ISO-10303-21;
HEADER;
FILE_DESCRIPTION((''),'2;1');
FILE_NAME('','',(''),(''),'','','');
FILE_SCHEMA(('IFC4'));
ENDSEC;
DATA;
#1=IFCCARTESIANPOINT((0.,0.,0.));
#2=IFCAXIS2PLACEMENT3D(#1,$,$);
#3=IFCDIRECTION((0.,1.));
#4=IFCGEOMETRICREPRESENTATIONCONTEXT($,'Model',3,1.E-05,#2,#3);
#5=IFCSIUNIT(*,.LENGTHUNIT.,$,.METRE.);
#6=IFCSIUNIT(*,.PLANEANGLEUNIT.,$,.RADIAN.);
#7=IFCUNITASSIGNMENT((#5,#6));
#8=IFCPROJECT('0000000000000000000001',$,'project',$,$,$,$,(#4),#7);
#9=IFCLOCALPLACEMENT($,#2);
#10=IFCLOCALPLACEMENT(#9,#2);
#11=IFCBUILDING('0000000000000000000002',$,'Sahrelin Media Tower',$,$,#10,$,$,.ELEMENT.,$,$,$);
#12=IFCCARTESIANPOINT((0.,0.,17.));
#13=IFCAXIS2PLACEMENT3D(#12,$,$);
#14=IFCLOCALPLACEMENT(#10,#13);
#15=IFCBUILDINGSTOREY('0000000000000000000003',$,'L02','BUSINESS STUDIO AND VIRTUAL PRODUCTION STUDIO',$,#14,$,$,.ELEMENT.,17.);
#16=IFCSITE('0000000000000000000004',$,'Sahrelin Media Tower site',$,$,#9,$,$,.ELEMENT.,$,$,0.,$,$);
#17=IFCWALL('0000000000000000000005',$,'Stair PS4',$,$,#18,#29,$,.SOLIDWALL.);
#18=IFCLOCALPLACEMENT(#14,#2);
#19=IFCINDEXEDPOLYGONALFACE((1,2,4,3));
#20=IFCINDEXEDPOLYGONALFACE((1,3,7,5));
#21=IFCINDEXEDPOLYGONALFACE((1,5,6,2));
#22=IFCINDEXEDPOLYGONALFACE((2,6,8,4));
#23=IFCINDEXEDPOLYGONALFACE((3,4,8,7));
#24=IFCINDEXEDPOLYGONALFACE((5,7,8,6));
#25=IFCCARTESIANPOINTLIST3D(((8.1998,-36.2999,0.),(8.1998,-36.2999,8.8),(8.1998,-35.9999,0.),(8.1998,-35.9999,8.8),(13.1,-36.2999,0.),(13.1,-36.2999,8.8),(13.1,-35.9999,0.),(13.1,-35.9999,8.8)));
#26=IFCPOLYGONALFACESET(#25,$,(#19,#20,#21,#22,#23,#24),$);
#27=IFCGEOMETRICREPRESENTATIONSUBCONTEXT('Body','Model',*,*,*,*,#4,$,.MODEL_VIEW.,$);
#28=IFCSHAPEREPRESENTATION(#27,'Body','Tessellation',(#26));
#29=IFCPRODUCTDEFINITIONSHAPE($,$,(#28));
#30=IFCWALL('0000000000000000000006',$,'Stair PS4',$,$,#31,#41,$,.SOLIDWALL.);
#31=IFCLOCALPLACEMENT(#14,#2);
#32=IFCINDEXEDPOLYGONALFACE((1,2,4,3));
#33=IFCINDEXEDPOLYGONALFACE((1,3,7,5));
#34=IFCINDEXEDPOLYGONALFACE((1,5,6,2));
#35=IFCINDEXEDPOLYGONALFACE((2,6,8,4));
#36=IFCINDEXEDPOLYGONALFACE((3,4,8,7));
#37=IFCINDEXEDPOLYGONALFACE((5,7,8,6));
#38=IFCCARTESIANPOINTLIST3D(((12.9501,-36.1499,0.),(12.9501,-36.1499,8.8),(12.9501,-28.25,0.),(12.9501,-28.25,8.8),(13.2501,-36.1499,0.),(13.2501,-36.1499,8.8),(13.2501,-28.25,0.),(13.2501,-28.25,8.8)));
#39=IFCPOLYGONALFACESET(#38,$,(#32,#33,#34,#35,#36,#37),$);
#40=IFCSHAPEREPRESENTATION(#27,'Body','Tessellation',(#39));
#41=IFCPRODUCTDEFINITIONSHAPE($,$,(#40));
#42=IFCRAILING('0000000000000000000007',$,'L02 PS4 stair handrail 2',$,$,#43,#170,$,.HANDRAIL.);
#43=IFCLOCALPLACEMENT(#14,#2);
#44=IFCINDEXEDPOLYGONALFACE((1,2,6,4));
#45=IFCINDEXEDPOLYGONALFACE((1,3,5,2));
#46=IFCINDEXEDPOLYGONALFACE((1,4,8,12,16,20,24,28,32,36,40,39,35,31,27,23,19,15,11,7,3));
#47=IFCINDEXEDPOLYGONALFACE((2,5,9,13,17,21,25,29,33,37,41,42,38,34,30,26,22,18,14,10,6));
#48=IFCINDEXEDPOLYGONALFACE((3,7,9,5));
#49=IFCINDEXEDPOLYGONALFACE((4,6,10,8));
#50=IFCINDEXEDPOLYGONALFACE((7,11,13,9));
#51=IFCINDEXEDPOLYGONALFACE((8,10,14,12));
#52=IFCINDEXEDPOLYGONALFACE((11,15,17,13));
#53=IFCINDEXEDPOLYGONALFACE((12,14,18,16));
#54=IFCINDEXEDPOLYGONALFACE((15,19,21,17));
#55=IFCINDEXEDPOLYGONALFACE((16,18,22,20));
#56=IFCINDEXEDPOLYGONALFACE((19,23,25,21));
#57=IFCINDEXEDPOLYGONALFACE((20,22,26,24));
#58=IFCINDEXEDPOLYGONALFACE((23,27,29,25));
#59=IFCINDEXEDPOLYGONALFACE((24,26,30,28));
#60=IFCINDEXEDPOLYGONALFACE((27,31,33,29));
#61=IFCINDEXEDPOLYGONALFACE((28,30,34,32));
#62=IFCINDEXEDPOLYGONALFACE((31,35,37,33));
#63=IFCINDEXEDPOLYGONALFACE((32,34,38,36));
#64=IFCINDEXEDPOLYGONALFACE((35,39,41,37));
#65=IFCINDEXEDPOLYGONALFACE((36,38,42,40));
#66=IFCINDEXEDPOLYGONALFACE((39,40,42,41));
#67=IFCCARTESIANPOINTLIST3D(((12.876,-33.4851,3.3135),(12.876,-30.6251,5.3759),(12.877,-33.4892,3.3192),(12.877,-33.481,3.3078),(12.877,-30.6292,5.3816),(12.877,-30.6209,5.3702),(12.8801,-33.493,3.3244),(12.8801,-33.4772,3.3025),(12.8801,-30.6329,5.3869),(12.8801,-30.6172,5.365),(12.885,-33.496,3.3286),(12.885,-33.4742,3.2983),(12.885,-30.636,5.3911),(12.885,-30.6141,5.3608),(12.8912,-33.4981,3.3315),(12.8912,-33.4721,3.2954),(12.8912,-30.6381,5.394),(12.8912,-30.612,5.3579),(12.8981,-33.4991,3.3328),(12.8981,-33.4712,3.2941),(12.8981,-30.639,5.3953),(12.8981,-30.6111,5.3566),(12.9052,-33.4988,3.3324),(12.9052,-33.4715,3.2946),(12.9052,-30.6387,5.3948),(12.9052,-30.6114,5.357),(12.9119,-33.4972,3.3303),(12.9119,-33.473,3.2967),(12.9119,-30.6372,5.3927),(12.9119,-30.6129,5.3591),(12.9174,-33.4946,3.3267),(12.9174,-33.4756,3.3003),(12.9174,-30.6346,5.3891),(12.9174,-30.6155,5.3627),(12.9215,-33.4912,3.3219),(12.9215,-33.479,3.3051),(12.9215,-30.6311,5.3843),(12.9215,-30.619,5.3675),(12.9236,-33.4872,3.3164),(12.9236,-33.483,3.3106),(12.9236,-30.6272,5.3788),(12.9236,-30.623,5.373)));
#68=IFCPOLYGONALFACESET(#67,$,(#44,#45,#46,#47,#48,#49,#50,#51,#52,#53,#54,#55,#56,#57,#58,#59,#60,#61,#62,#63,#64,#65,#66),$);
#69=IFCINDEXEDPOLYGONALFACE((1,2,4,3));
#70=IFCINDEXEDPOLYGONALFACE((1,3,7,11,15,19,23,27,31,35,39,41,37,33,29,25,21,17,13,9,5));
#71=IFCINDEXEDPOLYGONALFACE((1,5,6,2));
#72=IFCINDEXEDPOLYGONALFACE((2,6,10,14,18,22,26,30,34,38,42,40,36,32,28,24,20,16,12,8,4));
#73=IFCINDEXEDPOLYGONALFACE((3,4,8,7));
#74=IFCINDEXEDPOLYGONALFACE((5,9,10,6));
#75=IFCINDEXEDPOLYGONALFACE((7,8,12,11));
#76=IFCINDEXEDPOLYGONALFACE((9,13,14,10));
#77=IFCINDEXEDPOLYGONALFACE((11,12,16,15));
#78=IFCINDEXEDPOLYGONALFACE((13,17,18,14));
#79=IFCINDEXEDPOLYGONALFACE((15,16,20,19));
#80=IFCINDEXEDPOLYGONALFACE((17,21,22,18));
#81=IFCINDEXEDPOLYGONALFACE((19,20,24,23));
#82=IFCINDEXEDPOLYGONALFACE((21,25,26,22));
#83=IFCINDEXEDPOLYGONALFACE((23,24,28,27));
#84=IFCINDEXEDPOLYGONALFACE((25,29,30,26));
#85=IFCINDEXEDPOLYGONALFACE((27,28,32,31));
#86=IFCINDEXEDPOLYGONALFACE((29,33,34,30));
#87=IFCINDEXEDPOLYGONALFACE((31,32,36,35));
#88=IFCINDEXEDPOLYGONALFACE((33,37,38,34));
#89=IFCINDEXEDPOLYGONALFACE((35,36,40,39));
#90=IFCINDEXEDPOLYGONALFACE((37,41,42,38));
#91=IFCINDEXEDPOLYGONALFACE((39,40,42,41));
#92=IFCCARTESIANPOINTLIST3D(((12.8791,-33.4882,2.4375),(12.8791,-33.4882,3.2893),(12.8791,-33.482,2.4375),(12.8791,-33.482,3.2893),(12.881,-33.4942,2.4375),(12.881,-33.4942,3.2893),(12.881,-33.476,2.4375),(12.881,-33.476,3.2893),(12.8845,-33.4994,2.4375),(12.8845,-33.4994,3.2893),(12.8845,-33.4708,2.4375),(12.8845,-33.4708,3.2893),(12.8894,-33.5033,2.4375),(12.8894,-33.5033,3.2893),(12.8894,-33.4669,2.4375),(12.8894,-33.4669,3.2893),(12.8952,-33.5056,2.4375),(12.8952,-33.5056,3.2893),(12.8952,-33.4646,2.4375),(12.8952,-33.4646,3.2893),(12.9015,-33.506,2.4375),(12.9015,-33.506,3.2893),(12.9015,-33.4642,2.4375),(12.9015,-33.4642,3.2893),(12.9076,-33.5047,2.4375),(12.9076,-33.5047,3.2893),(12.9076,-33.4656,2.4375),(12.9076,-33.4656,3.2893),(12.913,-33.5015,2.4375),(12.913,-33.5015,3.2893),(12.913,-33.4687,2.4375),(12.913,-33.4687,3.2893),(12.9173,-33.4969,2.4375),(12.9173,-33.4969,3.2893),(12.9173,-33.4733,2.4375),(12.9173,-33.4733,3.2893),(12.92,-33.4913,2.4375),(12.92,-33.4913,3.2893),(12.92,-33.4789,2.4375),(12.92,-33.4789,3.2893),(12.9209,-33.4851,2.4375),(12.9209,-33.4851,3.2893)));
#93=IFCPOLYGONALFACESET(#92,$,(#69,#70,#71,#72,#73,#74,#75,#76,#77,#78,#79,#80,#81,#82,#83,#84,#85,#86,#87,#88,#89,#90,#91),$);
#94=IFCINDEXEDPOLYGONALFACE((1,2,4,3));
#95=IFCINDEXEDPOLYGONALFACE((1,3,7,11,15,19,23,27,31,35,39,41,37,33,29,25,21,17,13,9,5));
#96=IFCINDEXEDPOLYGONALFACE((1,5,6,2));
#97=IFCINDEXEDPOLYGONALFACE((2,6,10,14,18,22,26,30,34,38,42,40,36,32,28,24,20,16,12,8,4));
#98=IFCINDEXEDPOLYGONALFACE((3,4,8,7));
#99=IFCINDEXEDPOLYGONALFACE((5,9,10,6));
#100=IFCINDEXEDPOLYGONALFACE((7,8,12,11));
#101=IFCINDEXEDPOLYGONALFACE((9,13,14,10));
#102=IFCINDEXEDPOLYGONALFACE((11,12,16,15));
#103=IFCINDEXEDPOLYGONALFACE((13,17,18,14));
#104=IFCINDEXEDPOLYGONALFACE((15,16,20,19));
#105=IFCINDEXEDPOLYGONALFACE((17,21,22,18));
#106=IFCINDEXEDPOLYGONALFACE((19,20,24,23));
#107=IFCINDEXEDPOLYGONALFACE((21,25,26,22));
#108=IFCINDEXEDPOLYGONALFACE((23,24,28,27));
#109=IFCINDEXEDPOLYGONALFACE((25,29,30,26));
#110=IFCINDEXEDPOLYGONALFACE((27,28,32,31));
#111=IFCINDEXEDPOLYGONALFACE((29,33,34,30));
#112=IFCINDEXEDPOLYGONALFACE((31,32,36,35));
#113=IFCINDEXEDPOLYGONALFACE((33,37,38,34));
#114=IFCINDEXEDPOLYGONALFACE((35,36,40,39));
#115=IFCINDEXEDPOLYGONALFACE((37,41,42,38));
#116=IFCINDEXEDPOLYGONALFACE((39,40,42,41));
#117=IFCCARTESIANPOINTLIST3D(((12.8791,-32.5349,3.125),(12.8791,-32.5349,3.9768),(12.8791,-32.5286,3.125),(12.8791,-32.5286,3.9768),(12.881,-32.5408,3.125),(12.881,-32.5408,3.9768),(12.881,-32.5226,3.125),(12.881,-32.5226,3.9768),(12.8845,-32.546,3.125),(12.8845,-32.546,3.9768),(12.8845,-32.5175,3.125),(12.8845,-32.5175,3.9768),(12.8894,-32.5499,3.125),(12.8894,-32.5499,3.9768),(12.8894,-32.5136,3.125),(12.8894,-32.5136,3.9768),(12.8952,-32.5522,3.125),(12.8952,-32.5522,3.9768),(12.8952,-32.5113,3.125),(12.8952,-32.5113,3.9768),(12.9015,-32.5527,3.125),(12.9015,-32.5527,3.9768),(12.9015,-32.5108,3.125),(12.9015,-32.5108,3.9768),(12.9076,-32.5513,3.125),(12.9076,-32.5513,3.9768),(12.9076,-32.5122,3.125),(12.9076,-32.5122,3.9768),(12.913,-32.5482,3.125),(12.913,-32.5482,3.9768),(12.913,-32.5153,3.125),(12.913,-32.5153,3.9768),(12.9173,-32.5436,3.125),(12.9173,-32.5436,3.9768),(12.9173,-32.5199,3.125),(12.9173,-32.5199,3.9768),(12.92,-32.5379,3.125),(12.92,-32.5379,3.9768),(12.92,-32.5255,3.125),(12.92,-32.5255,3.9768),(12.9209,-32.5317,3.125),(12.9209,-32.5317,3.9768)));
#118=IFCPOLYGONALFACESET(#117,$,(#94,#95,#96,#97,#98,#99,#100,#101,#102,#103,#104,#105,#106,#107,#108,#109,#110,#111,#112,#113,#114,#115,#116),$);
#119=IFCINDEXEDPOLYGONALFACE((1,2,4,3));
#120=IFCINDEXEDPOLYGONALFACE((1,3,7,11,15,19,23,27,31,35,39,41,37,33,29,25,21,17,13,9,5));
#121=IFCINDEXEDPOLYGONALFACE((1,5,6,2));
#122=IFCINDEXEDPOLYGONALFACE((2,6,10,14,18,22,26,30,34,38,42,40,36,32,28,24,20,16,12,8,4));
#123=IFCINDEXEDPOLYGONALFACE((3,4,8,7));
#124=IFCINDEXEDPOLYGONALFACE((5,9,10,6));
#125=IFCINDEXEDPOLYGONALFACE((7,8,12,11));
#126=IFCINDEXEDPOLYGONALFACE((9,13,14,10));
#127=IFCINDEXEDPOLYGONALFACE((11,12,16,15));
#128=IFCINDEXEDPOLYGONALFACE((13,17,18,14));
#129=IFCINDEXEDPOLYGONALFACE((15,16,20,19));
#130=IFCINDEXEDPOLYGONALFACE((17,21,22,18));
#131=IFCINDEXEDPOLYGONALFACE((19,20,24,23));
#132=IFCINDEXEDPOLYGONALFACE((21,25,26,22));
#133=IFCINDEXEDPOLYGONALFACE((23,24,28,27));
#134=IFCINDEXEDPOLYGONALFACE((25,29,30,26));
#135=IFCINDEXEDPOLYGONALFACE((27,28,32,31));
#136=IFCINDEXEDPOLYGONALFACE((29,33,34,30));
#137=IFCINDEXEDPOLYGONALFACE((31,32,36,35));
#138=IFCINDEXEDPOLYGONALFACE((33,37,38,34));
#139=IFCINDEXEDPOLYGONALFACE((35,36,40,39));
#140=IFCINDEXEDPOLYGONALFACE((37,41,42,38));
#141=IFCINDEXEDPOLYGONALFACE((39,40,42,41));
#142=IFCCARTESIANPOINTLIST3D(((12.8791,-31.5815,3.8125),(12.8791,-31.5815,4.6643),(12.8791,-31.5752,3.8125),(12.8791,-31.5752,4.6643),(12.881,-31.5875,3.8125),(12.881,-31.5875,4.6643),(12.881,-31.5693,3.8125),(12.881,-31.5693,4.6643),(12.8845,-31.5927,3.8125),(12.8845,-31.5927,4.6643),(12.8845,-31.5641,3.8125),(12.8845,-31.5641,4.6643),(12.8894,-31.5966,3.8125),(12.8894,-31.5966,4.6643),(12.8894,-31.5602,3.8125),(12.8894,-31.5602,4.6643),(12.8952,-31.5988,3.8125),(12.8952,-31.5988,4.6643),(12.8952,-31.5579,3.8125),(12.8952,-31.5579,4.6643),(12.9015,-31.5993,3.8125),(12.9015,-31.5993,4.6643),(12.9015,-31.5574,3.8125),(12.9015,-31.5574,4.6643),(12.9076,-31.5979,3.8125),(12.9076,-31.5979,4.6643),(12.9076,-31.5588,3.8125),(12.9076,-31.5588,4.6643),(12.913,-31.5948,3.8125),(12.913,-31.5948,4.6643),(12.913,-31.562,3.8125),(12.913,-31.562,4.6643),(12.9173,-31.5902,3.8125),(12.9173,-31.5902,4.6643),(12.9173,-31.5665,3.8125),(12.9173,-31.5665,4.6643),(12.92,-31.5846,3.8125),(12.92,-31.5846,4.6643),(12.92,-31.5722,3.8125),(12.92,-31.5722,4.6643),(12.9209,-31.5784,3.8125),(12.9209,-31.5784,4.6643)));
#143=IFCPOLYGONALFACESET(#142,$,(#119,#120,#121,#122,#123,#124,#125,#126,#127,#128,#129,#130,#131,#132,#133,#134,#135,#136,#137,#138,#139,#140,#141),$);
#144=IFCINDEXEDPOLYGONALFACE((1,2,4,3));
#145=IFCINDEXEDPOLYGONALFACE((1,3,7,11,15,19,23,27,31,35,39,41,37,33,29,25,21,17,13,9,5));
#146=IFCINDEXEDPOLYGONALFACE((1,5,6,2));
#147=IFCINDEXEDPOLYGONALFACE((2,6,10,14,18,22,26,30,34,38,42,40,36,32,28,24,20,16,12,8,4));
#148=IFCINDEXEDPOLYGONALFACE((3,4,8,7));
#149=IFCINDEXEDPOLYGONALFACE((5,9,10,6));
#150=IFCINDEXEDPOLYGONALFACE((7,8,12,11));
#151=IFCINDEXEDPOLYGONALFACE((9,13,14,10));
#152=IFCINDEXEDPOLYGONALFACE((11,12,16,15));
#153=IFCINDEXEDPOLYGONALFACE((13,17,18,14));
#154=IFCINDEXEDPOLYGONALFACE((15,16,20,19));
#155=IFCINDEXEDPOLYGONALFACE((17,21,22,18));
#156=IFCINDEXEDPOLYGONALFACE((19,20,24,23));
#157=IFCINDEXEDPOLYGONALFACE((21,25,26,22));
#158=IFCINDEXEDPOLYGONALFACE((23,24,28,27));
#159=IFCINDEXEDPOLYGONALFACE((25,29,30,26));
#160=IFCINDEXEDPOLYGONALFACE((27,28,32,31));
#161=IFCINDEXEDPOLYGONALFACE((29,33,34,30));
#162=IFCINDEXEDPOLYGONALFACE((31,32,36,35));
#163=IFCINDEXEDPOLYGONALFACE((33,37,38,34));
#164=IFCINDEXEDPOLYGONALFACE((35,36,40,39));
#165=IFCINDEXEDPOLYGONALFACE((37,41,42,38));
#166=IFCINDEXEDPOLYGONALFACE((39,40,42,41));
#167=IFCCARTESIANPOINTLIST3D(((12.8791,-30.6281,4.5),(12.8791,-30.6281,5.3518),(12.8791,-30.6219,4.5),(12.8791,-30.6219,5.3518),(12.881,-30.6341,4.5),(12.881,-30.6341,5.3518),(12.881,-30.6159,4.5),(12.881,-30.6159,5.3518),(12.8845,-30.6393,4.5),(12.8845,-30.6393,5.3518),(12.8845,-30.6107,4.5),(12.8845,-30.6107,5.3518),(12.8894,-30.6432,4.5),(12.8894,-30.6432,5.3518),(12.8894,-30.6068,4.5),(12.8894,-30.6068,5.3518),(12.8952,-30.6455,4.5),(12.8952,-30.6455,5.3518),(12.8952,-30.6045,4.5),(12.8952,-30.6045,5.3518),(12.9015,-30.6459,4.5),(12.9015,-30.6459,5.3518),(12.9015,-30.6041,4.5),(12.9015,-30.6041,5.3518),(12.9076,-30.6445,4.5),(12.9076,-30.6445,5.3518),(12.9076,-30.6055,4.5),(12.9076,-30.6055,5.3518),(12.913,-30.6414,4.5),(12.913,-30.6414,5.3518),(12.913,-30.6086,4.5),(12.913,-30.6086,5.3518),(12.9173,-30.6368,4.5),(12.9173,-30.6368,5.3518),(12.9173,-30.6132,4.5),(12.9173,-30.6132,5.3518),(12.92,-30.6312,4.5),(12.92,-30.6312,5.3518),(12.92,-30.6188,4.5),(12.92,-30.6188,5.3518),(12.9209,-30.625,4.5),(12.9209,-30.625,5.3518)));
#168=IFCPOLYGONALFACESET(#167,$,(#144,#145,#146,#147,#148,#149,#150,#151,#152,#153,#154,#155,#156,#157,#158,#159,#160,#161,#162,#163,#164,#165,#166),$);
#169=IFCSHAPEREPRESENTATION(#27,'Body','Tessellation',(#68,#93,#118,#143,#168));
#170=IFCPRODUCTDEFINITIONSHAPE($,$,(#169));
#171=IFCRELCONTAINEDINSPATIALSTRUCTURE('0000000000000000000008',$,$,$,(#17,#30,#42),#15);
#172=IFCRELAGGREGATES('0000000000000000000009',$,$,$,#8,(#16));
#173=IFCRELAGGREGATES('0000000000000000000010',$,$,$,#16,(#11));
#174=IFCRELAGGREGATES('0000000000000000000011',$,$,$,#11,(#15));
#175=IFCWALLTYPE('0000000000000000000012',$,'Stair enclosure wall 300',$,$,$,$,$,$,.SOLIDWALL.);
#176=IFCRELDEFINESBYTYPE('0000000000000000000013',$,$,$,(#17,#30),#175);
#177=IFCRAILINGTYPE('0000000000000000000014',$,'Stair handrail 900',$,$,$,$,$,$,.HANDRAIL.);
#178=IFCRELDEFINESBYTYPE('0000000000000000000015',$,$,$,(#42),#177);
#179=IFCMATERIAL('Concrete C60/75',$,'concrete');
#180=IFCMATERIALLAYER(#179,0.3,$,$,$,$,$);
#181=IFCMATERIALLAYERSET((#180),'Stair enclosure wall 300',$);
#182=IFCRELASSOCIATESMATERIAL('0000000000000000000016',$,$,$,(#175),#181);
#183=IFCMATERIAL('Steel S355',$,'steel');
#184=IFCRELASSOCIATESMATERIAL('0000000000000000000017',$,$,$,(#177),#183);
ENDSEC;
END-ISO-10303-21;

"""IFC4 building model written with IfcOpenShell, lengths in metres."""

from ifc_helpers import new_model, si_unit, direction, frame, frame_2d, origin, origin_2d, place, context, subcontext, project, spatial, rectangle, circle, extrude, material, layer, layer_set, type_object, element, save


model = new_model("IFC4")

# Units and contexts
model_context = context("Model", 3, precision=1e-05, world=origin(), true_north=direction((0.0, 1.0)))
body_context = subcontext(model_context, "Body", "Model", "MODEL_VIEW")
ifc_project = project(units=[si_unit("LENGTHUNIT", "METRE"), si_unit("PLANEANGLEUNIT", "RADIAN")], contexts=[model_context])

# Site, building, storey
site_placement = place(None, origin())
site = spatial("IfcSite", under=ifc_project, at=site_placement, Name="Sahrelin Media Tower site", CompositionType="ELEMENT", RefElevation=0.0)
building_placement = place(site_placement, origin())
building = spatial("IfcBuilding", under=site, at=building_placement, Name="Sahrelin Media Tower", CompositionType="ELEMENT")
storey_placement = place(building_placement, frame((0.0, 0.0, 17.0)))
storey = spatial("IfcBuildingStorey", under=building, at=storey_placement, Name="L02", Description="BUSINESS STUDIO AND VIRTUAL PRODUCTION STUDIO", CompositionType="ELEMENT", Elevation=17.0)

# Shared definitions
ifc_material_1 = material(Name="Steel S355", Category="steel")

# Walls
ifc_material_2 = material(Name="Concrete C60/75", Category="concrete")
ifc_layer_1 = layer(ifc_material_2, 0.3)
ifc_layer_set_1 = layer_set([ifc_layer_1], Name="Stair enclosure wall 300")
wall_type_1 = type_object("IfcWallType", Name="Stair enclosure wall 300", PredefinedType="SOLIDWALL", material=ifc_layer_set_1)
wall_1_placement = place(storey_placement, frame((13.1001, -36.1499, 0.0), z_axis=(0.0, 0.0, 1.0), x_axis=(-1.0, 0.0, 0.0)))
element("IfcWall", 1, at=wall_1_placement, inside=storey, type_object=wall_type_1, Name="Stair PS4", PredefinedType="SOLIDWALL", context=body_context, shape_type="SweptSolid", body=[
    extrude(rectangle(XDim=4.9001, YDim=0.3, at=frame_2d((2.4502, 0.0))), origin(), (0.0, 0.0, 1.0), 8.8),
])
wall_2_placement = place(storey_placement, frame((13.1001, -28.25, 0.0), z_axis=(0.0, 0.0, 1.0), x_axis=(0.0, -1.0, 0.0)))
element("IfcWall", 2, at=wall_2_placement, inside=storey, type_object=wall_type_1, Name="Stair PS4", PredefinedType="SOLIDWALL", context=body_context, shape_type="SweptSolid", body=[
    extrude(rectangle(XDim=7.8999, YDim=0.3, at=frame_2d((3.95, 0.0))), origin(), (0.0, 0.0, 1.0), 8.8),
])

# Railing
railing_type = type_object("IfcRailingType", Name="Stair handrail 900", PredefinedType="HANDRAIL", material=ifc_material_1)
for number, where, name in (
    (3, (12.8999, -33.4851, 2.4375), "L02 PS4 stair handrail 2"),
):
    element("IfcRailing", number, at=place(storey_placement, frame(where)), inside=storey, type_object=railing_type, Name=name, PredefinedType="HANDRAIL", context=body_context, shape_type="SweptSolid", body=[
        extrude(circle(Radius=0.0239, at=origin_2d()), frame((0.0, 0.0, 0.876), z_axis=(0.0, 0.811101, 0.584906), x_axis=(-1.0, 0.0, 0.0)), (0.0, 0.0, 1.0), 3.5261),
        extrude(circle(Radius=0.021, at=origin_2d()), origin(), (0.0, 0.0, 1.0), 0.8518),
        extrude(circle(Radius=0.021, at=origin_2d()), frame((0.0, 0.9534, 0.6875)), (0.0, 0.0, 1.0), 0.8518),
        extrude(circle(Radius=0.021, at=origin_2d()), frame((0.0, 1.9067, 1.375)), (0.0, 0.0, 1.0), 0.8518),
        extrude(circle(Radius=0.021, at=origin_2d()), frame((0.0, 2.8601, 2.0625)), (0.0, 0.0, 1.0), 0.8518),
    ])

save(model, "model.ifc")
